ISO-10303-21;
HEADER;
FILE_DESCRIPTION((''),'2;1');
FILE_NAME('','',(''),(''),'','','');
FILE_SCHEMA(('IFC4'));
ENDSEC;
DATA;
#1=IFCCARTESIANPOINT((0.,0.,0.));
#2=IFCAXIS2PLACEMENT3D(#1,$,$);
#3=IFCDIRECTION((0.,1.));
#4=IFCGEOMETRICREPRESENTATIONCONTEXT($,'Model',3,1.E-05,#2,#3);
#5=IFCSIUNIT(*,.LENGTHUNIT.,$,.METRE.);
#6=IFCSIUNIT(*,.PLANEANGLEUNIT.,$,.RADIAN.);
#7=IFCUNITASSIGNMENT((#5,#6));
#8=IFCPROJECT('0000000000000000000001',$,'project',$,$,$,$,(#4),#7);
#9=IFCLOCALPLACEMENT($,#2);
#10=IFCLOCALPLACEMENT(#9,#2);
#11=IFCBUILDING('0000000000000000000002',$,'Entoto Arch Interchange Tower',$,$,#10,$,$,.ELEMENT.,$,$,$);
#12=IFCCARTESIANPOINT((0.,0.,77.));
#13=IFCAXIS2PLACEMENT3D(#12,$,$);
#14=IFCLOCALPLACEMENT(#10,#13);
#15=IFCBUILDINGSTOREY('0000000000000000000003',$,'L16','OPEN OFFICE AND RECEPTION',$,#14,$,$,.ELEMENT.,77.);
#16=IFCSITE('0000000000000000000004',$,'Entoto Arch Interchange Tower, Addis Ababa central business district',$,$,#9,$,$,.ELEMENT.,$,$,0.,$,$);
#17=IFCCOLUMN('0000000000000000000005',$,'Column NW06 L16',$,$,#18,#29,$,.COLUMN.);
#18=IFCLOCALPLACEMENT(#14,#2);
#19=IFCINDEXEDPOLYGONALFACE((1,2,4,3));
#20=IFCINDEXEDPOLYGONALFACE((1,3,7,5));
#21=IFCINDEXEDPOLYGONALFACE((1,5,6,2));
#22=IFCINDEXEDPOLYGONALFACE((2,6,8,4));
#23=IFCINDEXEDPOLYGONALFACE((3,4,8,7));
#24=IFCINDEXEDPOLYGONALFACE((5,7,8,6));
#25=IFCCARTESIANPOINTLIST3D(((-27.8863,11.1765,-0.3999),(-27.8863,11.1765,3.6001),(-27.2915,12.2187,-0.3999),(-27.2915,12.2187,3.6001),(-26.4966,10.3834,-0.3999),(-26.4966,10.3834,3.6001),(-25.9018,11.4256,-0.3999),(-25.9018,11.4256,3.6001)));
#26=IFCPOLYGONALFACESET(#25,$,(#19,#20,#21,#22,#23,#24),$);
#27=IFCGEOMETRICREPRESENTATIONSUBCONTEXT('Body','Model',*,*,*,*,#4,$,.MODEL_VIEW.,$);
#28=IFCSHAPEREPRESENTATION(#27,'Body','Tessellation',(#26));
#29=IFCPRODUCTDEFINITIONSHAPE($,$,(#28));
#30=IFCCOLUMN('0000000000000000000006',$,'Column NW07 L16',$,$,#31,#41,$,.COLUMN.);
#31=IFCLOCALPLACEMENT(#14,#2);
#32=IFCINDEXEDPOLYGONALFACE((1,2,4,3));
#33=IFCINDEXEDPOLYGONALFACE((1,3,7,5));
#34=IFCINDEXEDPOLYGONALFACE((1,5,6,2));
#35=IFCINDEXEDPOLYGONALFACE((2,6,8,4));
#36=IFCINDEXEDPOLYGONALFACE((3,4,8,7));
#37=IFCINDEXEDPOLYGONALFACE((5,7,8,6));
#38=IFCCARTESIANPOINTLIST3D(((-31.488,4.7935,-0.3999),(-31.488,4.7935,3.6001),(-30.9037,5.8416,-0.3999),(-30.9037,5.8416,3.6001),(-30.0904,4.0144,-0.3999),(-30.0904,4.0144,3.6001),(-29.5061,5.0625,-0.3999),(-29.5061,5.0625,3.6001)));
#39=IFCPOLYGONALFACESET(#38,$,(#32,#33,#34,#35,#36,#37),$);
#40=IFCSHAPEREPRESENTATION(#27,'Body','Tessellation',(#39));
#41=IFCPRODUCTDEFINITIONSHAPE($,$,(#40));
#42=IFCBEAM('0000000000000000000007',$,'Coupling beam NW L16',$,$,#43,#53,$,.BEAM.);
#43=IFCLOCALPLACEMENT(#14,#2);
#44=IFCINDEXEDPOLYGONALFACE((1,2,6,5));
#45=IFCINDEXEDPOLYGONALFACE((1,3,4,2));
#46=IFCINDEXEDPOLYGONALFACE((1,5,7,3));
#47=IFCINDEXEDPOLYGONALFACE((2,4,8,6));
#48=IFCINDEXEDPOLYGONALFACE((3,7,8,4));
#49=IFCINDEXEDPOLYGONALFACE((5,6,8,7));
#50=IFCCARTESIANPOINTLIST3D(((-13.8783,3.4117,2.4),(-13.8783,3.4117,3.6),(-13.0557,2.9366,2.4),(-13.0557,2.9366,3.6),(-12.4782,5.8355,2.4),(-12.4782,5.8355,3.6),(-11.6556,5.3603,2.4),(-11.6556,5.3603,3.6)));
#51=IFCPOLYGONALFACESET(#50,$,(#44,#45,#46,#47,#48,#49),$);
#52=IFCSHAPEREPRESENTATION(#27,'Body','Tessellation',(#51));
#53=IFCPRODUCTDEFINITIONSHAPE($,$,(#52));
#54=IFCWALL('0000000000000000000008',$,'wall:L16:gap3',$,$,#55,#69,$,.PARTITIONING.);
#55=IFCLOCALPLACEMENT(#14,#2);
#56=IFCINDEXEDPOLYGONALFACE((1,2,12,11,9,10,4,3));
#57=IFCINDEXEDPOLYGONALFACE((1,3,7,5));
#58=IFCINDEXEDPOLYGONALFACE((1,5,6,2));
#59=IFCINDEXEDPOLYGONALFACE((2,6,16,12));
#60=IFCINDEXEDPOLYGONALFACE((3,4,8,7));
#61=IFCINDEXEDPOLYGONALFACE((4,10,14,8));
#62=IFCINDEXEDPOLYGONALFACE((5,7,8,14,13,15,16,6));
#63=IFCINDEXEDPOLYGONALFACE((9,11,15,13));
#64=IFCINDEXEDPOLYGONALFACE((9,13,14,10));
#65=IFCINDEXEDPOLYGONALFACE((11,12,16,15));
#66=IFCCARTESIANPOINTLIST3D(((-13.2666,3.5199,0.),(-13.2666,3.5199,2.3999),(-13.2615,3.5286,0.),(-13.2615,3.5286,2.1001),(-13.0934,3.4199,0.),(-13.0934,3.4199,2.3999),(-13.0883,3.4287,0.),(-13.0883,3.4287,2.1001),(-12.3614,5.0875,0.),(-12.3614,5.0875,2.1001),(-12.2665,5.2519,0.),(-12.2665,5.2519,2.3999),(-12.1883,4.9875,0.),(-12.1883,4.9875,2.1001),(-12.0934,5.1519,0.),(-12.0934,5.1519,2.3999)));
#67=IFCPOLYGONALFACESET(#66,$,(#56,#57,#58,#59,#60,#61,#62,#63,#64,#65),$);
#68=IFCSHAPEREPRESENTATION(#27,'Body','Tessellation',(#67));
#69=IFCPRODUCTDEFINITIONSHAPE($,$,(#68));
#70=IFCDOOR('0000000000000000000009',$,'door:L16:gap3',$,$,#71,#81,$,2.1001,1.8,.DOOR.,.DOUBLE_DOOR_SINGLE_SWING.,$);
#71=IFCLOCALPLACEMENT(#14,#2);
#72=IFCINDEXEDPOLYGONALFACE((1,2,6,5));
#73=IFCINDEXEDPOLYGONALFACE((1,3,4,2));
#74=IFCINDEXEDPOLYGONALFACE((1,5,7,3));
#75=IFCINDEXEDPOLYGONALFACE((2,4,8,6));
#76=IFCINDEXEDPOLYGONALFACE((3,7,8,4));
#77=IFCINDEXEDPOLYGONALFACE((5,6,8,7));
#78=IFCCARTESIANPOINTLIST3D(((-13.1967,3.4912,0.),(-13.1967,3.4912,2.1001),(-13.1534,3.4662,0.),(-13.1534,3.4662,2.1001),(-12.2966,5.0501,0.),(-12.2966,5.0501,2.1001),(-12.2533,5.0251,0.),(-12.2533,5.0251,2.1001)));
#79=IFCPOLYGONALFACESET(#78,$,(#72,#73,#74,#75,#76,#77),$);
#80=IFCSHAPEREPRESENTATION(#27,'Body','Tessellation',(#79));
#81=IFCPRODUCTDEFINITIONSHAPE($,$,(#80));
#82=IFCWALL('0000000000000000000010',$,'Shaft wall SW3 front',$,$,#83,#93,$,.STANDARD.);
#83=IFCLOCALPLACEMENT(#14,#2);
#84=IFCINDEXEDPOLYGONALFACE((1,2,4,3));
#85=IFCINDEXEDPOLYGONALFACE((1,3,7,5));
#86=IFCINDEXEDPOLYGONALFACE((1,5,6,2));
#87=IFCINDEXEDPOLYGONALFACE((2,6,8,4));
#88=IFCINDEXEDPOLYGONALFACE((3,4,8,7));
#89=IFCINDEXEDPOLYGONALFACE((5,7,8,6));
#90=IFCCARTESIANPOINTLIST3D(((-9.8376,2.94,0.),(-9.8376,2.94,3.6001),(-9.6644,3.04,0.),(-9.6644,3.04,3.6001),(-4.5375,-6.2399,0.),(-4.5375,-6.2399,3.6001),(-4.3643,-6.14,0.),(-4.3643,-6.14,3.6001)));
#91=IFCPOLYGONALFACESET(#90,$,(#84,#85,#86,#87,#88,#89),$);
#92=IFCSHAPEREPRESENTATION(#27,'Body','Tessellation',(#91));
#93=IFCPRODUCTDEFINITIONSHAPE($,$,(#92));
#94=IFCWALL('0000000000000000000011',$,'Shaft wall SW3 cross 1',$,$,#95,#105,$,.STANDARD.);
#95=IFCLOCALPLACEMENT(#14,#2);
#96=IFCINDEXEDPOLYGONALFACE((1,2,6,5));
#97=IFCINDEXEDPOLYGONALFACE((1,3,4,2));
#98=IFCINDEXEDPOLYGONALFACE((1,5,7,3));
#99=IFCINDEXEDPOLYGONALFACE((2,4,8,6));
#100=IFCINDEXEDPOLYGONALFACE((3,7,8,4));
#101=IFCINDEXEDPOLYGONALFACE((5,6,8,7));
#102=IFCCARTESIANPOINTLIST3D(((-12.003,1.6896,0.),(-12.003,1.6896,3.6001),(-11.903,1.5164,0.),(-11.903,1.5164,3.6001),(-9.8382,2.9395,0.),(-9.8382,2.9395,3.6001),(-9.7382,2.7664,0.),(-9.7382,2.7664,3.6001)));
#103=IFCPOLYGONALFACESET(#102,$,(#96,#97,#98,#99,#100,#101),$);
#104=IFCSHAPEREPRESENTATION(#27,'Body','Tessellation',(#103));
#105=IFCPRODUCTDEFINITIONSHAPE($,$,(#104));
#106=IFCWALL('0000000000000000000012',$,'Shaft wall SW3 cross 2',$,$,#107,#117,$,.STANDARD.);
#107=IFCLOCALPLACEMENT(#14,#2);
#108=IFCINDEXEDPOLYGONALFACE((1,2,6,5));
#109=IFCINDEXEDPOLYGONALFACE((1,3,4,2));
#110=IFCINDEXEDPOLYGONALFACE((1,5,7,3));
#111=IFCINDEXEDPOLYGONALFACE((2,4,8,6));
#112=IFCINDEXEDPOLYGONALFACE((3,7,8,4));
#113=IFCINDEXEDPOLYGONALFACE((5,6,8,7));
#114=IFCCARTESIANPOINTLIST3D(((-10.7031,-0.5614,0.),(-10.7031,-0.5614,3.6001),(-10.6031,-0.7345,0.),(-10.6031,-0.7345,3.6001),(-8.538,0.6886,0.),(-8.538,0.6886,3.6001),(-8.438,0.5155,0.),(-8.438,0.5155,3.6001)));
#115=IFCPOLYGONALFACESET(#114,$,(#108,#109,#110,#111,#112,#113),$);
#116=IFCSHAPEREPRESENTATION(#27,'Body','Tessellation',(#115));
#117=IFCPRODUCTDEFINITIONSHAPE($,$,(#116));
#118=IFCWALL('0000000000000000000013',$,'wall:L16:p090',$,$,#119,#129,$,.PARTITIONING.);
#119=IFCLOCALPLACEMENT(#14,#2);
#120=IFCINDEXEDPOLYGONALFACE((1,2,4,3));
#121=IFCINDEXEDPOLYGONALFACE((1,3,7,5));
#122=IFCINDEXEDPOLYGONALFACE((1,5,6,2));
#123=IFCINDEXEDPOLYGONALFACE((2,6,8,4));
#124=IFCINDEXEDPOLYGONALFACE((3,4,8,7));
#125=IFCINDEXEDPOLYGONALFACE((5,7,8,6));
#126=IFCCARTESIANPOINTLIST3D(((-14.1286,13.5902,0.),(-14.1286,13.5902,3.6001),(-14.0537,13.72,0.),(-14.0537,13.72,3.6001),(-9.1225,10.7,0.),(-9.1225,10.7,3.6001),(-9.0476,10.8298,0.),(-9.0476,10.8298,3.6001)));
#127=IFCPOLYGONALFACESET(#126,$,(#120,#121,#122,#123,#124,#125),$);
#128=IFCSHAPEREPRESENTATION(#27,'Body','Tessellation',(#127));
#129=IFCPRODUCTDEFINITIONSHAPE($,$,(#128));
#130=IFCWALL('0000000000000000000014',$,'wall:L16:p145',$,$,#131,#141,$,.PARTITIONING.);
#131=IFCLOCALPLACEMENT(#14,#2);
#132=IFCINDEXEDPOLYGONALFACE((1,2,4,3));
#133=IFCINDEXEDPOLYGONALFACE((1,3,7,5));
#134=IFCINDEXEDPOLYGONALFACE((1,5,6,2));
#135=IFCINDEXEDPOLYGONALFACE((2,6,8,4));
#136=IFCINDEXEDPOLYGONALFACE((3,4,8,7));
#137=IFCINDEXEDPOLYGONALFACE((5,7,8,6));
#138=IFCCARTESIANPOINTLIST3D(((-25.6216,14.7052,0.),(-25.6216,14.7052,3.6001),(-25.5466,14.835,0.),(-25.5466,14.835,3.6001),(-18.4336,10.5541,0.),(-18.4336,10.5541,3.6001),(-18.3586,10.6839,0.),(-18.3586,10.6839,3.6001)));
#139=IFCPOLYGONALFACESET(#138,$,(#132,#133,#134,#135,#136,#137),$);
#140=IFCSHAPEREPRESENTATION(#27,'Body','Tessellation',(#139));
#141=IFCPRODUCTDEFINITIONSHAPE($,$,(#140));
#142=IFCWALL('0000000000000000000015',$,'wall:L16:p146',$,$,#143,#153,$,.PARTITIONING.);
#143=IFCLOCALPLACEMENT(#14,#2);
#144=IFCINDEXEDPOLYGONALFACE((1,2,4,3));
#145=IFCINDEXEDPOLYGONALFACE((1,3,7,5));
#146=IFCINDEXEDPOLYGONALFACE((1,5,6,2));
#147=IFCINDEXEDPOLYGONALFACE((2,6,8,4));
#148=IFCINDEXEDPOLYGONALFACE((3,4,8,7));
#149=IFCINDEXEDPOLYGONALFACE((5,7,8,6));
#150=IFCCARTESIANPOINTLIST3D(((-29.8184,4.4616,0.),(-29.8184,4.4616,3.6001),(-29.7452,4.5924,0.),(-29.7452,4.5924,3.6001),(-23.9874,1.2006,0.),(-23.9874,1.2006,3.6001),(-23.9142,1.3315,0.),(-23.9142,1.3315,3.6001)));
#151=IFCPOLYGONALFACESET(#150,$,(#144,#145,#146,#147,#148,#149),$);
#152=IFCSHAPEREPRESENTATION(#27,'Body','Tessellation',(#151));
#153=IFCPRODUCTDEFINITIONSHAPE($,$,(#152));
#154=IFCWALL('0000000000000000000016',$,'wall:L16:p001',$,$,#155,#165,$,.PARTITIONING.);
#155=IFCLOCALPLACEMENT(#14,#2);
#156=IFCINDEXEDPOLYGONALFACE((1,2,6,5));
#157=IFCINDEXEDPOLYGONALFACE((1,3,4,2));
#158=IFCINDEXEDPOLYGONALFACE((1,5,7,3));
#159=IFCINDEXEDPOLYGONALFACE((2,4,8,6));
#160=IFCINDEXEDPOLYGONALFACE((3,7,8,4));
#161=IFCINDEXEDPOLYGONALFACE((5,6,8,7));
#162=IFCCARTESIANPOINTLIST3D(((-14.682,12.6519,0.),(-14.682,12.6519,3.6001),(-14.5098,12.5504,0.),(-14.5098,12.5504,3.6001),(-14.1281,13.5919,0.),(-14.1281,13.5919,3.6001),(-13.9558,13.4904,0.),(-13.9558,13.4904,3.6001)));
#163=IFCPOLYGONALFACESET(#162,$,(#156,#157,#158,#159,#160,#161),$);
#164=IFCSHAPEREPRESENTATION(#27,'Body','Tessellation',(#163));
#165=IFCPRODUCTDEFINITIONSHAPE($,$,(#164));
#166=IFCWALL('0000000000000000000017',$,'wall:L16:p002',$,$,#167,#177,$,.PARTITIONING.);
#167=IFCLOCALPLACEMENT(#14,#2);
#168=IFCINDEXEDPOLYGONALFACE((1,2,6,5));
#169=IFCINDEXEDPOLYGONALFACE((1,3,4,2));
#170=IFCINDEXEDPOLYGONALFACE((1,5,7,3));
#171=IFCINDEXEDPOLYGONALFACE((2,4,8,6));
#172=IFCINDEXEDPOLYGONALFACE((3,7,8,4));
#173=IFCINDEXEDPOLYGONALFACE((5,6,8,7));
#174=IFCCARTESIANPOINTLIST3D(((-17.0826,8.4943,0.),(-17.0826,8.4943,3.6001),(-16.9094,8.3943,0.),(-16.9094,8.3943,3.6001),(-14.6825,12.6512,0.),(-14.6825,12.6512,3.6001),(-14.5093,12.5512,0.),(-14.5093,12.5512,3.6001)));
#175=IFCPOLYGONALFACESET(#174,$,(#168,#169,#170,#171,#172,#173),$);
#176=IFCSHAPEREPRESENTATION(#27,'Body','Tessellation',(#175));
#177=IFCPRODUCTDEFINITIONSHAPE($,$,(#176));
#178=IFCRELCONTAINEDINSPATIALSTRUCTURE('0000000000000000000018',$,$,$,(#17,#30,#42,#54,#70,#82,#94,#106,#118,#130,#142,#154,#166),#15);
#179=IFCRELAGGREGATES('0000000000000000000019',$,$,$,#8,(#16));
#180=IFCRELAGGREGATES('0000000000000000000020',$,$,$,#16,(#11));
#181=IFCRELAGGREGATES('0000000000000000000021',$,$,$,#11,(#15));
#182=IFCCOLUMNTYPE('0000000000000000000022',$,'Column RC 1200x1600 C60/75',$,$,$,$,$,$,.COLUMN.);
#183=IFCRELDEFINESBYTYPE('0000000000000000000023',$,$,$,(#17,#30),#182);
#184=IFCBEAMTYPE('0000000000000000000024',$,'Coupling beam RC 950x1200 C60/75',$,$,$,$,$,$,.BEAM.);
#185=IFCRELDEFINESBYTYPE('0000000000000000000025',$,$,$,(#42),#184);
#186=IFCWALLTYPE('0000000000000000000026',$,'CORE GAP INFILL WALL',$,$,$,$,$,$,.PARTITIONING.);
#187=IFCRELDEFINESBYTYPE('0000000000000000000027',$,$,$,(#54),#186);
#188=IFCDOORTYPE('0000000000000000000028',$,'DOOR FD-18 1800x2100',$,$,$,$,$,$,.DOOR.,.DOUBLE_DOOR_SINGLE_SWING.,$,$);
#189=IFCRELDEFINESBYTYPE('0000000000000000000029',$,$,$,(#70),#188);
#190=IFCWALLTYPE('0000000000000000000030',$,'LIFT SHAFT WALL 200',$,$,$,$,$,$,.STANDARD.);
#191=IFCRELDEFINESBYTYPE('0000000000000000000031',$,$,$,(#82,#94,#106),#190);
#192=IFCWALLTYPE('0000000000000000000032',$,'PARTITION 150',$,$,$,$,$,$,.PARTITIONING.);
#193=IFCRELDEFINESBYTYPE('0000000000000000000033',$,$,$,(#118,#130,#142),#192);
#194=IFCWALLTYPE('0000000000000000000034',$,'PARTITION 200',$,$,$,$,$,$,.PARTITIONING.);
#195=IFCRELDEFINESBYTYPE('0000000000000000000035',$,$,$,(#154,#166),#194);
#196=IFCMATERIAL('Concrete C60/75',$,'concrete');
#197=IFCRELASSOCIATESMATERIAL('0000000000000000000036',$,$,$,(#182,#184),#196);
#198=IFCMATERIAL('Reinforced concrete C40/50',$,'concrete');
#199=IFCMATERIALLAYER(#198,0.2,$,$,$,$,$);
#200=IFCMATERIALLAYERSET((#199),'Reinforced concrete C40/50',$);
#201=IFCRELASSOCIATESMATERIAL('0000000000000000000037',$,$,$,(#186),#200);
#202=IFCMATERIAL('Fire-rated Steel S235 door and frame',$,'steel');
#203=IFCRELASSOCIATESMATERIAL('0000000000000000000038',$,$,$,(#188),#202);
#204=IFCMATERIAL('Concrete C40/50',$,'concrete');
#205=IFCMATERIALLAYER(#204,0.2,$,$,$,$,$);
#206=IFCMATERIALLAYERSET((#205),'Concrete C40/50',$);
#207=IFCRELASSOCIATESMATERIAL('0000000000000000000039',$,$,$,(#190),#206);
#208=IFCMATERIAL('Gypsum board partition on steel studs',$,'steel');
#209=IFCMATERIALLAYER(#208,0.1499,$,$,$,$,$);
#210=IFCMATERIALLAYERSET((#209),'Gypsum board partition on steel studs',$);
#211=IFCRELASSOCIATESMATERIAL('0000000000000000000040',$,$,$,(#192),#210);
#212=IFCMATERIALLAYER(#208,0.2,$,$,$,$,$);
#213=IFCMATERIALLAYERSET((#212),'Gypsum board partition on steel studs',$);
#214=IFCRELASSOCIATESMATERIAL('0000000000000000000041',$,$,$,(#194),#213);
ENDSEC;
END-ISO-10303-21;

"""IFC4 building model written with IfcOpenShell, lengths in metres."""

from ifc_helpers import new_model, si_unit, direction, frame, frame_2d, origin, origin_2d, place, context, subcontext, project, spatial, rectangle, extrude, material, layer, layer_set, material_profile, profile_set, type_object, element, fill, save


model = new_model("IFC4")

# Units and contexts
model_context = context("Model", 3, precision=1e-05, world=origin(), true_north=direction((0.0, 1.0)))
body_context = subcontext(model_context, "Body", "Model", "MODEL_VIEW")
ifc_project = project(units=[si_unit("LENGTHUNIT", "METRE"), si_unit("PLANEANGLEUNIT", "RADIAN")], contexts=[model_context])

# Site, building, storey
site_placement = place(None, origin())
site = spatial("IfcSite", under=ifc_project, at=site_placement, Name="Entoto Arch Interchange Tower, Addis Ababa central business district", CompositionType="ELEMENT", RefElevation=0.0)
building_placement = place(site_placement, origin())
building = spatial("IfcBuilding", under=site, at=building_placement, Name="Entoto Arch Interchange Tower", CompositionType="ELEMENT")
storey_placement = place(building_placement, frame((0.0, 0.0, 77.0)))
storey = spatial("IfcBuildingStorey", under=building, at=storey_placement, Name="L16", Description="OPEN OFFICE AND RECEPTION", CompositionType="ELEMENT", Elevation=77.0)

# Columns
ifc_material_1 = material(Name="Concrete C60/75", Category="concrete")
ifc_material_profile_1 = material_profile(ifc_material_1, rectangle(XDim=1.2, YDim=1.6001, at=origin_2d()))
ifc_profile_set_1 = profile_set([ifc_material_profile_1], Name="Concrete C60/75")
column_type = type_object("IfcColumnType", Name="Column RC 1200x1600 C60/75", PredefinedType="COLUMN", material=ifc_profile_set_1)
for number, where, z_axis, x_axis, name in (
    (1, (-26.894, 11.301, -0.3999), (0.0, 0.0, 1.0), (0.495656, 0.868519, 0.0), "Column NW06 L16"),
    (2, (-30.4971, 4.928, -0.3999), (0.0, 0.0, 1.0), (0.486915, 0.873449, 0.0), "Column NW07 L16"),
):
    element("IfcColumn", number, at=place(storey_placement, frame(where, z_axis=z_axis, x_axis=x_axis)), inside=storey, type_object=column_type, Name=name, PredefinedType="COLUMN", context=body_context, shape_type="SweptSolid", body=[
        extrude(rectangle(XDim=1.2, YDim=1.6001, at=origin_2d()), origin(), (0.0, 0.0, 1.0), 4.0),
    ])

# Beam
ifc_material_profile_2 = material_profile(ifc_material_1, rectangle(XDim=0.95, YDim=1.2, at=origin_2d()))
ifc_profile_set_2 = profile_set([ifc_material_profile_2], Name="Concrete C60/75")
beam_type = type_object("IfcBeamType", Name="Coupling beam RC 950x1200 C60/75", PredefinedType="BEAM", material=ifc_profile_set_2)
beam_placement = place(storey_placement, frame((-12.0669, 5.5979, 3.0), z_axis=(-0.500201, -0.86591, 0.0), x_axis=(0.86591, -0.500201, 0.0)))
element("IfcBeam", 3, at=beam_placement, inside=storey, type_object=beam_type, Name="Coupling beam NW L16", PredefinedType="BEAM", context=body_context, shape_type="SweptSolid", body=[
    extrude(rectangle(XDim=0.95, YDim=1.2, at=origin_2d()), origin(), (0.0, 0.0, 1.0), 2.7991),
])

# Wall, opening, door
ifc_material_2 = material(Name="Reinforced concrete C40/50", Category="concrete")
ifc_layer_1 = layer(ifc_material_2, 0.2)
ifc_layer_set_1 = layer_set([ifc_layer_1], Name="Reinforced concrete C40/50")
wall_type_1 = type_object("IfcWallType", Name="CORE GAP INFILL WALL", PredefinedType="PARTITIONING", material=ifc_layer_set_1)
wall_1_placement = place(storey_placement, frame((-12.1799, 5.2019, 0.0), z_axis=(0.0, 0.0, 1.0), x_axis=(-0.500025, -0.866011, 0.0)))
wall_1 = element("IfcWall", 4, at=wall_1_placement, inside=storey, type_object=wall_type_1, Name="wall:L16:gap3", PredefinedType="PARTITIONING", context=body_context, shape_type="SweptSolid", body=[
    extrude(rectangle(XDim=2.0, YDim=0.2, at=frame_2d((1.0, 0.0))), origin(), (0.0, 0.0, 1.0), 2.3999),
])
opening_1_placement = place(wall_1_placement, frame((0.1899, 0.0, 0.0)))
opening_1 = element("IfcOpeningElement", 5, at=opening_1_placement, cuts=wall_1, PredefinedType="OPENING", context=body_context, shape_type="SweptSolid", body=[
    extrude(rectangle(XDim=1.8, YDim=2.1001, at=frame_2d((0.8999, 1.05))), frame((0.0, 0.1099, 0.0), z_axis=(0.0, -1.0, 0.0), x_axis=(1.0, 0.0, 0.0)), (0.0, 0.0, 1.0), 0.22),
])
ifc_material_3 = material(Name="Fire-rated Steel S235 door and frame", Category="steel")
door_type_1 = type_object("IfcDoorType", Name="DOOR FD-18 1800x2100", OperationType="DOUBLE_DOOR_SINGLE_SWING", PredefinedType="DOOR", material=ifc_material_3)
door_1_placement = place(opening_1_placement, origin())
door_1 = element("IfcDoor", 6, at=door_1_placement, inside=storey, type_object=door_type_1, Name="door:L16:gap3", OperationType="DOUBLE_DOOR_SINGLE_SWING", OverallHeight=2.1001, OverallWidth=1.8, PredefinedType="DOOR", context=body_context, shape_type="SweptSolid", body=[
    extrude(rectangle(XDim=1.8, YDim=2.1001, at=frame_2d((0.8999, 1.05))), frame((0.0, 0.0249, 0.0), z_axis=(0.0, -1.0, 0.0), x_axis=(1.0, 0.0, 0.0)), (0.0, 0.0, 1.0), 0.05),
])
fill(opening_1, door_1)

# Walls
ifc_material_4 = material(Name="Concrete C40/50", Category="concrete")
ifc_layer_2 = layer(ifc_material_4, 0.2)
ifc_layer_set_2 = layer_set([ifc_layer_2], Name="Concrete C40/50")
wall_type_2 = type_object("IfcWallType", Name="LIFT SHAFT WALL 200", PredefinedType="STANDARD", material=ifc_layer_set_2)
wall_2_placement = place(storey_placement, frame((-9.751, 2.99, 0.0), z_axis=(0.0, 0.0, 1.0), x_axis=(0.500001, -0.866025, 0.0)))
element("IfcWall", 7, at=wall_2_placement, inside=storey, type_object=wall_type_2, Name="Shaft wall SW3 front", PredefinedType="STANDARD", context=body_context, shape_type="SweptSolid", body=[
    extrude(rectangle(XDim=10.6001, YDim=0.2, at=frame_2d((5.3, 0.0))), origin(), (0.0, 0.0, 1.0), 3.6001),
])
wall_3_placement = place(storey_placement, frame((-9.7881, 2.853, 0.0), z_axis=(0.0, 0.0, 1.0), x_axis=(-0.865999, -0.500047, 0.0)))
element("IfcWall", 8, at=wall_3_placement, inside=storey, type_object=wall_type_2, Name="Shaft wall SW3 cross 1", PredefinedType="STANDARD", context=body_context, shape_type="SweptSolid", body=[
    extrude(rectangle(XDim=2.4998, YDim=0.2, at=frame_2d((1.25, 0.0))), origin(), (0.0, 0.0, 1.0), 3.6001),
])
wall_4_placement = place(storey_placement, frame((-8.488, 0.6021, 0.0), z_axis=(0.0, 0.0, 1.0), x_axis=(-0.866023, -0.500004, 0.0)))
element("IfcWall", 9, at=wall_4_placement, inside=storey, type_object=wall_type_2, Name="Shaft wall SW3 cross 2", PredefinedType="STANDARD", context=body_context, shape_type="SweptSolid", body=[
    extrude(rectangle(XDim=2.5, YDim=0.2, at=frame_2d((1.25, 0.0))), origin(), (0.0, 0.0, 1.0), 3.6001),
])
ifc_material_5 = material(Name="Gypsum board partition on steel studs", Category="steel")
ifc_layer_3 = layer(ifc_material_5, 0.1499)
ifc_layer_set_3 = layer_set([ifc_layer_3], Name="Gypsum board partition on steel studs")
wall_type_3 = type_object("IfcWallType", Name="PARTITION 150", PredefinedType="PARTITIONING", material=ifc_layer_set_3)
wall_5_placement = place(storey_placement, frame((-14.0911, 13.655, 0.0), z_axis=(0.0, 0.0, 1.0), x_axis=(0.866036, -0.499982, 0.0)))
element("IfcWall", 10, at=wall_5_placement, inside=storey, type_object=wall_type_3, Name="wall:L16:p090", PredefinedType="PARTITIONING", context=body_context, shape_type="SweptSolid", body=[
    extrude(rectangle(XDim=5.7805, YDim=0.1499, at=frame_2d((2.8901, 0.0))), origin(), (0.0, 0.0, 1.0), 3.6001),
])
wall_6_placement = place(storey_placement, frame((-18.396, 10.6189, 0.0), z_axis=(0.0, 0.0, 1.0), x_axis=(-0.865966, 0.500103, 0.0)))
element("IfcWall", 11, at=wall_6_placement, inside=storey, type_object=wall_type_3, Name="wall:L16:p145", PredefinedType="PARTITIONING", context=body_context, shape_type="SweptSolid", body=[
    extrude(rectangle(XDim=8.3005, YDim=0.1499, at=frame_2d((4.1504, 0.0))), origin(), (0.0, 0.0, 1.0), 3.6001),
])
wall_7_placement = place(storey_placement, frame((-23.9509, 1.2661, 0.0), z_axis=(0.0, 0.0, 1.0), x_axis=(-0.872787, 0.488101, 0.0)))
element("IfcWall", 12, at=wall_7_placement, inside=storey, type_object=wall_type_3, Name="wall:L16:p146", PredefinedType="PARTITIONING", context=body_context, shape_type="SweptSolid", body=[
    extrude(rectangle(XDim=6.6809, YDim=0.1499, at=frame_2d((3.3403, 0.0))), origin(), (0.0, 0.0, 1.0), 3.6001),
])
ifc_layer_4 = layer(ifc_material_5, 0.2)
ifc_layer_set_4 = layer_set([ifc_layer_4], Name="Gypsum board partition on steel studs")
wall_type_4 = type_object("IfcWallType", Name="PARTITION 200", PredefinedType="PARTITIONING", material=ifc_layer_set_4)
wall_8_placement = place(storey_placement, frame((-14.042, 13.541, 0.0), z_axis=(0.0, 0.0, 1.0), x_axis=(-0.507734, -0.861514, 0.0)))
element("IfcWall", 13, at=wall_8_placement, inside=storey, type_object=wall_type_4, Name="wall:L16:p001", PredefinedType="PARTITIONING", context=body_context, shape_type="SweptSolid", body=[
    extrude(rectangle(XDim=1.0911, YDim=0.2, at=frame_2d((0.5454, 0.0))), origin(), (0.0, 0.0, 1.0), 3.6001),
])
wall_9_placement = place(storey_placement, frame((-14.5959, 12.6011, 0.0), z_axis=(0.0, 0.0, 1.0), x_axis=(-0.500017, -0.866015, 0.0)))
element("IfcWall", 14, at=wall_9_placement, inside=storey, type_object=wall_type_4, Name="wall:L16:p002", PredefinedType="PARTITIONING", context=body_context, shape_type="SweptSolid", body=[
    extrude(rectangle(XDim=4.8, YDim=0.2, at=frame_2d((2.3999, 0.0))), origin(), (0.0, 0.0, 1.0), 3.6001),
])

save(model, "model.ifc")
